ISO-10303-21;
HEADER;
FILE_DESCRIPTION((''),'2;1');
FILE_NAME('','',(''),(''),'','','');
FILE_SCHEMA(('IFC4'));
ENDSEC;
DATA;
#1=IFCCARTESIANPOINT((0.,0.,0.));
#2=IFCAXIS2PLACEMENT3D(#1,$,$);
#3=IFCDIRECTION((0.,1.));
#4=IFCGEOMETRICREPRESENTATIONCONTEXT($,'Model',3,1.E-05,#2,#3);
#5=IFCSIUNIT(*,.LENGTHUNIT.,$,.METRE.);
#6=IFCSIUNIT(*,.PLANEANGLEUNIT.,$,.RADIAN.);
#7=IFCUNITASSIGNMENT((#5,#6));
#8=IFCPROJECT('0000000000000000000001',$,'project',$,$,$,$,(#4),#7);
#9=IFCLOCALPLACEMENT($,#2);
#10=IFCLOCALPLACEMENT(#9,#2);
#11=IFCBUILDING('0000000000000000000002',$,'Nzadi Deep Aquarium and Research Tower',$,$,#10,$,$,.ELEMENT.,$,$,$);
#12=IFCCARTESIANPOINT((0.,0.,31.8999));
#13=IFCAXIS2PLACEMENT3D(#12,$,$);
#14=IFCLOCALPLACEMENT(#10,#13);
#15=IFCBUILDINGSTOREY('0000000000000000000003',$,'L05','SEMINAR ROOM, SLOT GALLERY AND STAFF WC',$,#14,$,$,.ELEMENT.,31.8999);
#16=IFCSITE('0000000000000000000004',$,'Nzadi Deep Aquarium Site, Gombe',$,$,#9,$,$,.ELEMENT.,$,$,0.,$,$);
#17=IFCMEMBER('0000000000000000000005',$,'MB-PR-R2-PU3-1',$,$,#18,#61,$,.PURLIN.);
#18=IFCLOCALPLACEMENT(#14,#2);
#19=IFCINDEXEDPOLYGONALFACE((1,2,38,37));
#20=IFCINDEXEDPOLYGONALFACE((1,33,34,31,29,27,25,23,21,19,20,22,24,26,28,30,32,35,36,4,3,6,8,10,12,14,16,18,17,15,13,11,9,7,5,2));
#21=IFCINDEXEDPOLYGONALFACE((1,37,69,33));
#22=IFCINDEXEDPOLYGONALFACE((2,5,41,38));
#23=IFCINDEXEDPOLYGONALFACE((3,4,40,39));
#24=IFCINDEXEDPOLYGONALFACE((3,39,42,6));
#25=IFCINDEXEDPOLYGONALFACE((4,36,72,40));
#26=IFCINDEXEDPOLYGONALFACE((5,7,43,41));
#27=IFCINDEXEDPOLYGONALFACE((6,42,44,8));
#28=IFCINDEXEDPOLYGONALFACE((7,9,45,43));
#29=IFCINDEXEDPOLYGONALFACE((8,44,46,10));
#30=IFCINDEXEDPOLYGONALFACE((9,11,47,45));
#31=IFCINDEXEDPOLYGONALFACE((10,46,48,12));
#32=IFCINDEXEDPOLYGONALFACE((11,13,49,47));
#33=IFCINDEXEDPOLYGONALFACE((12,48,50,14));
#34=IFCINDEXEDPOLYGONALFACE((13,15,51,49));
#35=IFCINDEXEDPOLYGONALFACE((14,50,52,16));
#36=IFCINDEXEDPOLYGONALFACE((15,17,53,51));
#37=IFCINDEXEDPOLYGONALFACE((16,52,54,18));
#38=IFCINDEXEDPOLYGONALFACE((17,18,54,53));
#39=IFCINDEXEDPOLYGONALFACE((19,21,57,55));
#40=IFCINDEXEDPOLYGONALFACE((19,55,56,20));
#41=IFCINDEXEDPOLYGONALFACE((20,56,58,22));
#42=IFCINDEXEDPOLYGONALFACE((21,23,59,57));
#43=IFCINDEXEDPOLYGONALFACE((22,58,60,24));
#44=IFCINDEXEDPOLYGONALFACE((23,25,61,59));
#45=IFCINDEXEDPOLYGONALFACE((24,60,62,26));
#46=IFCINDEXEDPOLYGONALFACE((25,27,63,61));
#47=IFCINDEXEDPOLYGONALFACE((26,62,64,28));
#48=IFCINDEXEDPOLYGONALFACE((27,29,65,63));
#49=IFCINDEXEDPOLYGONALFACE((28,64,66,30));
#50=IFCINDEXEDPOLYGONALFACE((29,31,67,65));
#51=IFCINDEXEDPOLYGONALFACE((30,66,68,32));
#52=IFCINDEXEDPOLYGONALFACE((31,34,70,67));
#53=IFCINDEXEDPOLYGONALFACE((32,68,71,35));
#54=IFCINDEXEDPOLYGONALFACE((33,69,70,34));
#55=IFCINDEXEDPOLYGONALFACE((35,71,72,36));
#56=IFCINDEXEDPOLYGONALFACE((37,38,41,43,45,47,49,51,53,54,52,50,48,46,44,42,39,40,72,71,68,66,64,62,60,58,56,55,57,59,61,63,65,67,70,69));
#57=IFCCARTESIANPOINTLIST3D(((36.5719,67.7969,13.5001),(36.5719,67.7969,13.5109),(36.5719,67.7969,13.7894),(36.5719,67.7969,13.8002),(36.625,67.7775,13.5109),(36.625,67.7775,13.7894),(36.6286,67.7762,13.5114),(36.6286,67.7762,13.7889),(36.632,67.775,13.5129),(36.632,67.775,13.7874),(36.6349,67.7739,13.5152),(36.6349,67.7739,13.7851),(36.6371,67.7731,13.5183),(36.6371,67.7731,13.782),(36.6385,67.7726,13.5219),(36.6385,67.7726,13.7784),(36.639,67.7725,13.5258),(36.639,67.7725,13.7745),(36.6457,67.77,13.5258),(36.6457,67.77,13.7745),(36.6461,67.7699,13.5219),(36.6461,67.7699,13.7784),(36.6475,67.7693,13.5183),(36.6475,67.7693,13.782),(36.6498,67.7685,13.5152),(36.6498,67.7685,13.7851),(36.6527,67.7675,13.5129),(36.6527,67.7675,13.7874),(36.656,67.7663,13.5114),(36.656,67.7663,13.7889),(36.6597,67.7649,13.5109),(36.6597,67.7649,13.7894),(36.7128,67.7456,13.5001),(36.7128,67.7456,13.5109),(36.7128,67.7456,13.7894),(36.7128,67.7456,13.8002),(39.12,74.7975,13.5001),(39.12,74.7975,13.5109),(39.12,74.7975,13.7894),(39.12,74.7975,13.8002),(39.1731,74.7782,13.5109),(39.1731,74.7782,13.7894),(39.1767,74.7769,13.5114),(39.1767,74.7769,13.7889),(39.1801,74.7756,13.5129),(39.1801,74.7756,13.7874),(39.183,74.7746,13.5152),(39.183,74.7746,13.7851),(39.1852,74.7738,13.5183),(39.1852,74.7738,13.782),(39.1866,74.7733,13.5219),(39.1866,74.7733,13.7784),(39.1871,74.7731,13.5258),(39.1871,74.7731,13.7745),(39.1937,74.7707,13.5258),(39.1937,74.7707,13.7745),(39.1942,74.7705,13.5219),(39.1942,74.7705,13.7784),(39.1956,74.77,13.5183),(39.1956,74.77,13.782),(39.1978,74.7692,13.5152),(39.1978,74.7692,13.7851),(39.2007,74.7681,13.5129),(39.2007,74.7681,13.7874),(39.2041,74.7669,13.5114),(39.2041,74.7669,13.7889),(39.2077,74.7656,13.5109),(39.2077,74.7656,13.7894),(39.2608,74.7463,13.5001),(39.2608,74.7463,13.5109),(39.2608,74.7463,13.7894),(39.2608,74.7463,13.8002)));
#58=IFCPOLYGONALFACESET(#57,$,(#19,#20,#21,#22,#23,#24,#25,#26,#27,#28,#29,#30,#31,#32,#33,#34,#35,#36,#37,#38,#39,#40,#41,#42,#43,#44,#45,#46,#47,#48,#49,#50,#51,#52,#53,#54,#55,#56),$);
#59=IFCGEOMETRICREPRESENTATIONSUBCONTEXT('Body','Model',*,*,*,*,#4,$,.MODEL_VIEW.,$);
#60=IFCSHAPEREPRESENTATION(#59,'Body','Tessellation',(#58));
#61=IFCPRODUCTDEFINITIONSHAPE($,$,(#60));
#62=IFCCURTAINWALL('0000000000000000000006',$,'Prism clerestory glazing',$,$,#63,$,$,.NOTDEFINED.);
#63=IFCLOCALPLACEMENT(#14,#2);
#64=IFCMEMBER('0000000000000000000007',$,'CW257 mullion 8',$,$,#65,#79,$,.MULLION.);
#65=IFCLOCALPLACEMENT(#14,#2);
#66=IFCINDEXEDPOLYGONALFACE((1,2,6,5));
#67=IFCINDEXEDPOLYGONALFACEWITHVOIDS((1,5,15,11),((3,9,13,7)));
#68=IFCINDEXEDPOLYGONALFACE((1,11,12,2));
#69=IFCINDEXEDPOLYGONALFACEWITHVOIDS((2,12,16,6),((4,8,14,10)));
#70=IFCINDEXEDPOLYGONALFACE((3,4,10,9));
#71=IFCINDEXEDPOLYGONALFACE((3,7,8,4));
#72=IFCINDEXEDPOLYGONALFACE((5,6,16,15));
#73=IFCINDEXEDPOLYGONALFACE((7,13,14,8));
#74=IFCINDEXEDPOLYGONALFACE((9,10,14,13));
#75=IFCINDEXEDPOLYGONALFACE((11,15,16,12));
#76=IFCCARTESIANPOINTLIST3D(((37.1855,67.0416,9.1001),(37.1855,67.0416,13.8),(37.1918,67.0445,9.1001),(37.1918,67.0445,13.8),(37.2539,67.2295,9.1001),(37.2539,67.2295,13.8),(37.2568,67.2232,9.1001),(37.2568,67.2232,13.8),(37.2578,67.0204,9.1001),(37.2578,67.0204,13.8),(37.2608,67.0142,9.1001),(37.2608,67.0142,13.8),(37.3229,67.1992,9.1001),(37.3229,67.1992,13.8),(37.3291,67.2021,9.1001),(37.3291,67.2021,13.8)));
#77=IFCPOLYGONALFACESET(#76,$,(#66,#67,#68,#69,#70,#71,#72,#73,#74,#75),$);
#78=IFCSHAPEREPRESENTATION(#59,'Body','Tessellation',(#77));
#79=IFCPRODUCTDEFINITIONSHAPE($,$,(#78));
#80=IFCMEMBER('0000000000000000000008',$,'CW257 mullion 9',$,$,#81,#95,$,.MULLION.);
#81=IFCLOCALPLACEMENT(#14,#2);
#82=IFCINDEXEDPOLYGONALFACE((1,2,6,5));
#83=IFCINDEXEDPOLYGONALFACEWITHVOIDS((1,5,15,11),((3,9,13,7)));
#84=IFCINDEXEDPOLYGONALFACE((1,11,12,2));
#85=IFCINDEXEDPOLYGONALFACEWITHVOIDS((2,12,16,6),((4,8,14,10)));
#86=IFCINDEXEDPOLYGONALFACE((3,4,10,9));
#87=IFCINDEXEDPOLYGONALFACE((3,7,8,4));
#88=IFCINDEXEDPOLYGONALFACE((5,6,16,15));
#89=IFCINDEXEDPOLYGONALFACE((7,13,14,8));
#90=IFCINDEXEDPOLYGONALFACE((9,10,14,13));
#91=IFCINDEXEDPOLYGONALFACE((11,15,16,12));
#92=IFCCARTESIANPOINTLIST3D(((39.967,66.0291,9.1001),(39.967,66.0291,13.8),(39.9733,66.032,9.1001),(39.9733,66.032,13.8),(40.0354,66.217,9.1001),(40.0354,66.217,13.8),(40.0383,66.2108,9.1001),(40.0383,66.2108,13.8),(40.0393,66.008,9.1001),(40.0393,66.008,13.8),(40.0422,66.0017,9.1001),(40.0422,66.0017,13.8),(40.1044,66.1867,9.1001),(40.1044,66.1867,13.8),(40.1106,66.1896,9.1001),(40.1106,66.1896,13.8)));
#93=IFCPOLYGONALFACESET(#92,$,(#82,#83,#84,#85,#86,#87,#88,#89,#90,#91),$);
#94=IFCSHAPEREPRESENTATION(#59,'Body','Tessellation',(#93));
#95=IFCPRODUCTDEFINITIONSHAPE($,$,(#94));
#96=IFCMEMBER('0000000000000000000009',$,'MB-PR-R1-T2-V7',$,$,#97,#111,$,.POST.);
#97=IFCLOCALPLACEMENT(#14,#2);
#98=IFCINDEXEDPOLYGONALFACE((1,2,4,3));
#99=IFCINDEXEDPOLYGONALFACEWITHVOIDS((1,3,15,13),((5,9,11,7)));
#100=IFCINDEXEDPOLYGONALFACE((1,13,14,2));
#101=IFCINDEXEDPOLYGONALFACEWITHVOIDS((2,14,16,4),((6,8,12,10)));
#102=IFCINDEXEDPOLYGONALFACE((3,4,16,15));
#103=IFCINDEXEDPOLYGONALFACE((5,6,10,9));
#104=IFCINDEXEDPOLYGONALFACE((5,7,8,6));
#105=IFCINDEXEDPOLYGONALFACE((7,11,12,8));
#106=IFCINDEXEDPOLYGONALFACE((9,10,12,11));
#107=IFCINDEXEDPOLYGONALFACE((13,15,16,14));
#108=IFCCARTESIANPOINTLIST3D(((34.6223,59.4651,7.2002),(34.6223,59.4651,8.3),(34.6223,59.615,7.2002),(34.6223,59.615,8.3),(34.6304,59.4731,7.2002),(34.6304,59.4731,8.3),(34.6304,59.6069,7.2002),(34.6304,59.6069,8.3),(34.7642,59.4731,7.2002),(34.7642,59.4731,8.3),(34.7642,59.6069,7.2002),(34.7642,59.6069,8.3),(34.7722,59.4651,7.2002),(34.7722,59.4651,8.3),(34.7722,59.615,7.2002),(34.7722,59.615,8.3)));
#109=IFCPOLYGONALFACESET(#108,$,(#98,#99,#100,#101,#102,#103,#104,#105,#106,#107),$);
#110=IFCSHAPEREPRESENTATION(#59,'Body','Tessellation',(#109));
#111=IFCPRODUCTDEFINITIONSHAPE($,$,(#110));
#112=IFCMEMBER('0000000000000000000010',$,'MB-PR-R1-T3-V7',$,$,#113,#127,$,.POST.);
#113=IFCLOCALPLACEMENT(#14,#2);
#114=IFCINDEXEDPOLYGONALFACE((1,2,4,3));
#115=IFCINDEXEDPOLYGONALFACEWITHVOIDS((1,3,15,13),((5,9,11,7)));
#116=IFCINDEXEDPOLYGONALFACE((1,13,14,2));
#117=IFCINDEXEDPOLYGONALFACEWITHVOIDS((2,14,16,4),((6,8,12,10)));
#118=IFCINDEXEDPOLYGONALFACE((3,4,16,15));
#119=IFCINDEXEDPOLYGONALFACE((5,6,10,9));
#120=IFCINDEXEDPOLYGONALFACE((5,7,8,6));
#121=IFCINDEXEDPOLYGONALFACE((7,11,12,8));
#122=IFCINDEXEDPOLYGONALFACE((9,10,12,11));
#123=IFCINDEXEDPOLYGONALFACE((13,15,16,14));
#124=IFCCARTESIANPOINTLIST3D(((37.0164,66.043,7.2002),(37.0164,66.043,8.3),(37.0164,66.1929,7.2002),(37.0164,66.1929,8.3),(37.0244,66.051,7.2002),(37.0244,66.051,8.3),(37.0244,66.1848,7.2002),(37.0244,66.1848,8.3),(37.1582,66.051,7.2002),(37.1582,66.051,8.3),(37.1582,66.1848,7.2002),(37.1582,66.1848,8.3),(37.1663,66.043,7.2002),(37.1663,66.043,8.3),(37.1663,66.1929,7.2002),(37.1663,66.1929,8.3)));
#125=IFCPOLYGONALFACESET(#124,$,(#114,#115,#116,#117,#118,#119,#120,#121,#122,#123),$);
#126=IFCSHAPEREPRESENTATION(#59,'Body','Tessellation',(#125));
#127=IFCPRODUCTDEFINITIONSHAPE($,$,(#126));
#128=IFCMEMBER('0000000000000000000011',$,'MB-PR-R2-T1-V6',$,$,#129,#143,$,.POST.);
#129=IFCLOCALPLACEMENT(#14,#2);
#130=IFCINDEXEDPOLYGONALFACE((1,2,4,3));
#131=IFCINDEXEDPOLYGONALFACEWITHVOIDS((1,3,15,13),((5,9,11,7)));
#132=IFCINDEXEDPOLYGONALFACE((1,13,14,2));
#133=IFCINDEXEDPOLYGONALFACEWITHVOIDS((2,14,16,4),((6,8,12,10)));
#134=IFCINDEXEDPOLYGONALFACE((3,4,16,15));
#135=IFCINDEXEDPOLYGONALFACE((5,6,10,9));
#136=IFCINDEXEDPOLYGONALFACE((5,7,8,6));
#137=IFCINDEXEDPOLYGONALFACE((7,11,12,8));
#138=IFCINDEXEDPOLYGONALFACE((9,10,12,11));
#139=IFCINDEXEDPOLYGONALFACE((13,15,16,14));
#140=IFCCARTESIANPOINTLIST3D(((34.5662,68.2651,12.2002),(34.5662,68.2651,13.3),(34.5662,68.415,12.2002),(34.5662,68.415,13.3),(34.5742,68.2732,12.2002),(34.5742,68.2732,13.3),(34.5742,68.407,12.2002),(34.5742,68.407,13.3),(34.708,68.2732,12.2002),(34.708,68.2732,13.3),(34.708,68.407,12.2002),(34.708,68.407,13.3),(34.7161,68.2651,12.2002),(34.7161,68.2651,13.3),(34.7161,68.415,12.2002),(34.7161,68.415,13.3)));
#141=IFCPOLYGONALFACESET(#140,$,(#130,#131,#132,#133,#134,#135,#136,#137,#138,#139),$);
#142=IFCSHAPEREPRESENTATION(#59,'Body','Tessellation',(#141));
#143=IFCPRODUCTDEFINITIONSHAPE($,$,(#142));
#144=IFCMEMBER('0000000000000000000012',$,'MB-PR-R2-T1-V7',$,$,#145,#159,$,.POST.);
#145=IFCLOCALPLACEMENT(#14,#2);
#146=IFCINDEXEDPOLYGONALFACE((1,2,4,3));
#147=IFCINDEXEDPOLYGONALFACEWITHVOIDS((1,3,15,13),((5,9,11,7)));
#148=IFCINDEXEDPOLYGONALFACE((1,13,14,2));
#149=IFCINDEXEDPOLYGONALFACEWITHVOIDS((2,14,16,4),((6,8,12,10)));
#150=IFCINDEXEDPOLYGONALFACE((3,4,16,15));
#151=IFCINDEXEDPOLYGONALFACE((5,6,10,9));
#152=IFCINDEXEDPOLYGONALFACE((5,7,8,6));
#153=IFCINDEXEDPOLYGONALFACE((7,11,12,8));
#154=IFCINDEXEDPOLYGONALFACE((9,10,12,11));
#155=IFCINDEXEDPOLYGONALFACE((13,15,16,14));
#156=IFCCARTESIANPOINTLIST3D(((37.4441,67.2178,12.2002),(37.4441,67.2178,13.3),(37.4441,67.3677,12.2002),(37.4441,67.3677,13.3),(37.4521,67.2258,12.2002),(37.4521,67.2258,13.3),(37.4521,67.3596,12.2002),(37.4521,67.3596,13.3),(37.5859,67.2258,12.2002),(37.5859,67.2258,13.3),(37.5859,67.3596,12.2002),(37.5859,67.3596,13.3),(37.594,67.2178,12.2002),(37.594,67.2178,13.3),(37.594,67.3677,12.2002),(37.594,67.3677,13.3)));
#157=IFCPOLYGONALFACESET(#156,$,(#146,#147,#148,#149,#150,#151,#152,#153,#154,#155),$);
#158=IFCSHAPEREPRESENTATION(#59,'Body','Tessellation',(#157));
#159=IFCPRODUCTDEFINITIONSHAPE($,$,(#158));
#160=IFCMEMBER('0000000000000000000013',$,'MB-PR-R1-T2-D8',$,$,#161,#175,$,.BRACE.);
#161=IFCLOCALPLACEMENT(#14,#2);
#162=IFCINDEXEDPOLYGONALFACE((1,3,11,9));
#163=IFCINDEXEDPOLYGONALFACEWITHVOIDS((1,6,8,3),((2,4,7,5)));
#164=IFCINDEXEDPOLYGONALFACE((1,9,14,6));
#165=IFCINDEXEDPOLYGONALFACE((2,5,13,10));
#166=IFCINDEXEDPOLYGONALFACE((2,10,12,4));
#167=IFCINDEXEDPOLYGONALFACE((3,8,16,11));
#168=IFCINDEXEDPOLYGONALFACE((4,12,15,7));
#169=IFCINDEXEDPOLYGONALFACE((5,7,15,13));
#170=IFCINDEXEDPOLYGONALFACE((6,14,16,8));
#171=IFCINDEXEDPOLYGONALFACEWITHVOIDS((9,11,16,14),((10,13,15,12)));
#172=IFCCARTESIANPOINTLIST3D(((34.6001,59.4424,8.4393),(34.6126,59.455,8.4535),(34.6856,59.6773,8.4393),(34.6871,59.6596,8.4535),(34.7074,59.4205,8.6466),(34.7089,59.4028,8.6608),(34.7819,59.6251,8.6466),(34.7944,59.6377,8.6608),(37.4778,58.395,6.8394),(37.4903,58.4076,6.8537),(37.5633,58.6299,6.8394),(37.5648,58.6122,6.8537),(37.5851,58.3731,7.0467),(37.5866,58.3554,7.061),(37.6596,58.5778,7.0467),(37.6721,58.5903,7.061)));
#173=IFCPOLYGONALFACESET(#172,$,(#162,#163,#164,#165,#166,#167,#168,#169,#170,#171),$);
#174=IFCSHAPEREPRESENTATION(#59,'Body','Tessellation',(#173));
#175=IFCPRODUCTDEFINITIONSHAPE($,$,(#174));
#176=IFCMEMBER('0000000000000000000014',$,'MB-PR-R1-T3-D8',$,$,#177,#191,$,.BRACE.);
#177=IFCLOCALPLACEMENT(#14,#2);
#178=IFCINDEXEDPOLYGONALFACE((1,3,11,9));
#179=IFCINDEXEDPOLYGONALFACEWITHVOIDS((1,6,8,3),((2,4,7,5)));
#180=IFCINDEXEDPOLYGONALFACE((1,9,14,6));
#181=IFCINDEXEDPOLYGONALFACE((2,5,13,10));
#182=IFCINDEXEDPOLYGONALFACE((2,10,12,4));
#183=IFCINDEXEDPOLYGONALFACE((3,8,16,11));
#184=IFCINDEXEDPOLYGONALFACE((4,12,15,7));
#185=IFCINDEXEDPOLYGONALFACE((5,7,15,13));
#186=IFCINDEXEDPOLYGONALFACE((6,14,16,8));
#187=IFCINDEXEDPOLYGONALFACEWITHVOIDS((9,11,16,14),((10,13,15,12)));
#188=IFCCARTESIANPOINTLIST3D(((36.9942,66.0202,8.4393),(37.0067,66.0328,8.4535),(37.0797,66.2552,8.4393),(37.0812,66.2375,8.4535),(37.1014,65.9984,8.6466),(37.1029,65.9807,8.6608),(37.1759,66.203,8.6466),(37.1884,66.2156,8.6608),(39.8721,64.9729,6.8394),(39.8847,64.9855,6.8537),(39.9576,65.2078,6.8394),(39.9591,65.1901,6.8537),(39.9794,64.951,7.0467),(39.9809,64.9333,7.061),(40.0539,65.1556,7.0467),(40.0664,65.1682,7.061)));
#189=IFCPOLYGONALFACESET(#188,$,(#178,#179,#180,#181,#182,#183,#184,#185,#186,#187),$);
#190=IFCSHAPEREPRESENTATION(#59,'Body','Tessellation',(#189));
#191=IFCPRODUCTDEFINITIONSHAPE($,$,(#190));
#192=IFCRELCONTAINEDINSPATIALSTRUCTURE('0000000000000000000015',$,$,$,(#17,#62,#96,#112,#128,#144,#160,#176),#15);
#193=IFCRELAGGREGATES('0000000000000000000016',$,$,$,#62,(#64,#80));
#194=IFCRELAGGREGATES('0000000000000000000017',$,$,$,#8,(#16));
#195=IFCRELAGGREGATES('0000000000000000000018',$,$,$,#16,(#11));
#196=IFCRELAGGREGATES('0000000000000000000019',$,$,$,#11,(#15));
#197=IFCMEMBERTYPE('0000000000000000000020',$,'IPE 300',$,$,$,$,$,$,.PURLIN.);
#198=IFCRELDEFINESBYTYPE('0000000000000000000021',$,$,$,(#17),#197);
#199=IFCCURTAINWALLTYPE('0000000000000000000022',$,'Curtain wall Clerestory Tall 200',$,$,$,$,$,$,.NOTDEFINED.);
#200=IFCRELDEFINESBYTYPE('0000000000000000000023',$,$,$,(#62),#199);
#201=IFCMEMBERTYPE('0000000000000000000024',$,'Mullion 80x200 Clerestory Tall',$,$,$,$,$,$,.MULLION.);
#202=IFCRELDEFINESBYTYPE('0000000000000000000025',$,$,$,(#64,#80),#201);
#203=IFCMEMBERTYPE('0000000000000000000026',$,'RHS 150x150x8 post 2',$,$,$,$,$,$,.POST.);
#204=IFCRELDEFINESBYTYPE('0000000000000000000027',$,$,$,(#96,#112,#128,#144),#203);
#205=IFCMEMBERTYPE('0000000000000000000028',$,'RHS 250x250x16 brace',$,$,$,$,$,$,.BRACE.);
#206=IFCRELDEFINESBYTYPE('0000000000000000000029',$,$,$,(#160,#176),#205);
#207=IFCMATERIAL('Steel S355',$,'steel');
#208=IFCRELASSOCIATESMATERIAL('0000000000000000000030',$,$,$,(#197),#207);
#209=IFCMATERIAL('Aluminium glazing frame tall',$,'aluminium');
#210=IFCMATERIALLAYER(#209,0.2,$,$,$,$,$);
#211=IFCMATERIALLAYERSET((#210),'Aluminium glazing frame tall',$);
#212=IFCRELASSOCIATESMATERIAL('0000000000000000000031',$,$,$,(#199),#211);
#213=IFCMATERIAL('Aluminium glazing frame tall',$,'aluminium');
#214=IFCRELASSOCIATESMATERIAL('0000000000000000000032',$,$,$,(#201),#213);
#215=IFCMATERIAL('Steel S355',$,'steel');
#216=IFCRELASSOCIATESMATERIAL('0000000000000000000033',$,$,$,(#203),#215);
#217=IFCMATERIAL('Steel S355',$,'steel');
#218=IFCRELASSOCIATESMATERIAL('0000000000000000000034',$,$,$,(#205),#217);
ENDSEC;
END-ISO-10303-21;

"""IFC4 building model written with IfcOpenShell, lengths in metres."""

from ifc_helpers import new_model, si_unit, direction, frame, origin, origin_2d, place, context, subcontext, project, spatial, hollow_rectangle, i_section, extrude, material, layer, layer_set, material_profile, profile_set, type_object, element, aggregate, save


model = new_model("IFC4")

# Units and contexts
model_context = context("Model", 3, precision=1e-05, world=origin(), true_north=direction((0.0, 1.0)))
body_context = subcontext(model_context, "Body", "Model", "MODEL_VIEW")
ifc_project = project(units=[si_unit("LENGTHUNIT", "METRE"), si_unit("PLANEANGLEUNIT", "RADIAN")], contexts=[model_context])

# Site, building, storey
site_placement = place(None, origin())
site = spatial("IfcSite", under=ifc_project, at=site_placement, Name="Nzadi Deep Aquarium Site, Gombe", CompositionType="ELEMENT", RefElevation=0.0)
building_placement = place(site_placement, origin())
building = spatial("IfcBuilding", under=site, at=building_placement, Name="Nzadi Deep Aquarium and Research Tower", CompositionType="ELEMENT")
storey_placement = place(building_placement, frame((0.0, 0.0, 31.8999)))
storey = spatial("IfcBuildingStorey", under=building, at=storey_placement, Name="L05", Description="SEMINAR ROOM, SLOT GALLERY AND STAFF WC", CompositionType="ELEMENT", Elevation=31.8999)

# Member
ifc_material_1 = material(Name="Steel S355", Category="steel")
ifc_material_profile_1 = material_profile(ifc_material_1, i_section(OverallWidth=0.1499, OverallDepth=0.3, WebThickness=0.0071, FlangeThickness=0.0107, FilletRadius=0.0149, at=origin_2d()))
ifc_profile_set_1 = profile_set([ifc_material_profile_1], Name="Steel S355")
member_type_1 = type_object("IfcMemberType", Name="IPE 300", PredefinedType="PURLIN", material=ifc_profile_set_1)
member_1_placement = place(storey_placement, frame((36.6423, 67.7712, 13.6501), z_axis=(0.342025, 0.939691, 0.0), x_axis=(-0.939691, 0.342025, 0.0)))
element("IfcMember", 1, at=member_1_placement, inside=storey, type_object=member_type_1, Name="MB-PR-R2-PU3-1", PredefinedType="PURLIN", context=body_context, shape_type="SweptSolid", body=[
    extrude(i_section(OverallWidth=0.1499, OverallDepth=0.3, WebThickness=0.0071, FlangeThickness=0.0107, FilletRadius=0.0149, at=origin_2d()), origin(), (0.0, 0.0, 1.0), 7.45),
])

# Curtain wall, members
ifc_material_2 = material(Name="Aluminium glazing frame tall", Category="aluminium")
ifc_layer_1 = layer(ifc_material_2, 0.2)
ifc_layer_set_1 = layer_set([ifc_layer_1], Name="Aluminium glazing frame tall")
curtain_wall_type = type_object("IfcCurtainWallType", Name="Curtain wall Clerestory Tall 200", PredefinedType="NOTDEFINED", material=ifc_layer_set_1)
curtain_wall_placement = place(storey_placement, origin())
curtain_wall = element("IfcCurtainWall", 2, at=curtain_wall_placement, inside=storey, type_object=curtain_wall_type, Name="Prism clerestory glazing", PredefinedType="NOTDEFINED")
ifc_material_3 = material(Name="Aluminium glazing frame tall", Category="aluminium")
ifc_material_profile_2 = material_profile(ifc_material_3, hollow_rectangle(XDim=0.2, YDim=0.0801, WallThickness=0.0049, at=origin_2d()))
ifc_profile_set_2 = profile_set([ifc_material_profile_2], Name="Aluminium glazing frame tall")
member_type_2 = type_object("IfcMemberType", Name="Mullion 80x200 Clerestory Tall", PredefinedType="MULLION", material=ifc_profile_set_2)
member_2_placement = place(storey_placement, frame((37.2573, 67.1218, 9.1001), z_axis=(0.0, 0.0, 1.0), x_axis=(0.34202, 0.939693, 0.0)))
member_2 = element("IfcMember", 3, at=member_2_placement, type_object=member_type_2, Name="CW257 mullion 8", PredefinedType="MULLION", context=body_context, shape_type="SweptSolid", body=[
    extrude(hollow_rectangle(XDim=0.2, YDim=0.0801, WallThickness=0.0049, at=origin_2d()), origin(), (0.0, 0.0, 1.0), 4.7),
])
member_3_placement = place(storey_placement, frame((40.0388, 66.1094, 9.1001), z_axis=(0.0, 0.0, 1.0), x_axis=(0.34202, 0.939693, 0.0)))
member_3 = element("IfcMember", 4, at=member_3_placement, type_object=member_type_2, Name="CW257 mullion 9", PredefinedType="MULLION", context=body_context, shape_type="SweptSolid", body=[
    extrude(hollow_rectangle(XDim=0.2, YDim=0.0801, WallThickness=0.0049, at=origin_2d()), origin(), (0.0, 0.0, 1.0), 4.7),
])

# Members
ifc_material_4 = material(Name="Steel S355", Category="steel")
ifc_material_profile_3 = material_profile(ifc_material_4, hollow_rectangle(XDim=0.1499, YDim=0.1499, WallThickness=0.0081, at=origin_2d()))
ifc_profile_set_3 = profile_set([ifc_material_profile_3], Name="Steel S355")
member_type_3 = type_object("IfcMemberType", Name="RHS 150x150x8 post 2", PredefinedType="POST", material=ifc_profile_set_3)
for number, where, z_axis, x_axis, name in (
    (5, (34.6973, 59.54, 7.2002), (0.0, 0.0, 1.0), (1.0, 0.0, 0.0), "MB-PR-R1-T2-V7"),
    (6, (37.0913, 66.1179, 7.2002), (0.0, 0.0, 1.0), (1.0, 0.0, 0.0), "MB-PR-R1-T3-V7"),
    (7, (34.6411, 68.3401, 12.2002), (0.0, 0.0, 1.0), (1.0, 0.0, 0.0), "MB-PR-R2-T1-V6"),
    (8, (37.519, 67.2927, 12.2002), (0.0, 0.0, 1.0), (1.0, 0.0, 0.0), "MB-PR-R2-T1-V7"),
):
    element("IfcMember", number, at=place(storey_placement, frame(where, z_axis=z_axis, x_axis=x_axis)), inside=storey, type_object=member_type_3, Name=name, PredefinedType="POST", context=body_context, shape_type="SweptSolid", body=[
        extrude(hollow_rectangle(XDim=0.1499, YDim=0.1499, WallThickness=0.0081, at=origin_2d()), origin(), (0.0, 0.0, 1.0), 1.0999),
    ])
ifc_material_5 = material(Name="Steel S355", Category="steel")
ifc_material_profile_4 = material_profile(ifc_material_5, hollow_rectangle(XDim=0.25, YDim=0.25, WallThickness=0.0161, at=origin_2d()))
ifc_profile_set_4 = profile_set([ifc_material_profile_4], Name="Steel S355")
member_type_4 = type_object("IfcMemberType", Name="RHS 250x250x16 brace", PredefinedType="BRACE", material=ifc_profile_set_4)
member_4_placement = place(storey_placement, frame((34.6973, 59.54, 8.55), z_axis=(0.832885, -0.303137, -0.463044), x_axis=(0.342012, 0.939696, 0.0)))
element("IfcMember", 9, at=member_4_placement, inside=storey, type_object=member_type_4, Name="MB-PR-R1-T2-D8", PredefinedType="BRACE", context=body_context, shape_type="SweptSolid", body=[
    extrude(hollow_rectangle(XDim=0.25, YDim=0.25, WallThickness=0.0161, at=origin_2d()), origin(), (0.0, 0.0, 1.0), 3.4551),
])
for number, where, z_axis, x_axis, name in (
    (10, (37.0913, 66.1179, 8.55), (0.832907, -0.303119, -0.463017), (0.341986, 0.939705, 0.0), "MB-PR-R1-T3-D8"),
):
    element("IfcMember", number, at=place(storey_placement, frame(where, z_axis=z_axis, x_axis=x_axis)), inside=storey, type_object=member_type_4, Name=name, PredefinedType="BRACE", context=body_context, shape_type="SweptSolid", body=[
        extrude(hollow_rectangle(XDim=0.25, YDim=0.25, WallThickness=0.0161, at=origin_2d()), origin(), (0.0, 0.0, 1.0), 3.4553),
    ])

aggregate(curtain_wall, [member_2, member_3])

save(model, "model.ifc")
